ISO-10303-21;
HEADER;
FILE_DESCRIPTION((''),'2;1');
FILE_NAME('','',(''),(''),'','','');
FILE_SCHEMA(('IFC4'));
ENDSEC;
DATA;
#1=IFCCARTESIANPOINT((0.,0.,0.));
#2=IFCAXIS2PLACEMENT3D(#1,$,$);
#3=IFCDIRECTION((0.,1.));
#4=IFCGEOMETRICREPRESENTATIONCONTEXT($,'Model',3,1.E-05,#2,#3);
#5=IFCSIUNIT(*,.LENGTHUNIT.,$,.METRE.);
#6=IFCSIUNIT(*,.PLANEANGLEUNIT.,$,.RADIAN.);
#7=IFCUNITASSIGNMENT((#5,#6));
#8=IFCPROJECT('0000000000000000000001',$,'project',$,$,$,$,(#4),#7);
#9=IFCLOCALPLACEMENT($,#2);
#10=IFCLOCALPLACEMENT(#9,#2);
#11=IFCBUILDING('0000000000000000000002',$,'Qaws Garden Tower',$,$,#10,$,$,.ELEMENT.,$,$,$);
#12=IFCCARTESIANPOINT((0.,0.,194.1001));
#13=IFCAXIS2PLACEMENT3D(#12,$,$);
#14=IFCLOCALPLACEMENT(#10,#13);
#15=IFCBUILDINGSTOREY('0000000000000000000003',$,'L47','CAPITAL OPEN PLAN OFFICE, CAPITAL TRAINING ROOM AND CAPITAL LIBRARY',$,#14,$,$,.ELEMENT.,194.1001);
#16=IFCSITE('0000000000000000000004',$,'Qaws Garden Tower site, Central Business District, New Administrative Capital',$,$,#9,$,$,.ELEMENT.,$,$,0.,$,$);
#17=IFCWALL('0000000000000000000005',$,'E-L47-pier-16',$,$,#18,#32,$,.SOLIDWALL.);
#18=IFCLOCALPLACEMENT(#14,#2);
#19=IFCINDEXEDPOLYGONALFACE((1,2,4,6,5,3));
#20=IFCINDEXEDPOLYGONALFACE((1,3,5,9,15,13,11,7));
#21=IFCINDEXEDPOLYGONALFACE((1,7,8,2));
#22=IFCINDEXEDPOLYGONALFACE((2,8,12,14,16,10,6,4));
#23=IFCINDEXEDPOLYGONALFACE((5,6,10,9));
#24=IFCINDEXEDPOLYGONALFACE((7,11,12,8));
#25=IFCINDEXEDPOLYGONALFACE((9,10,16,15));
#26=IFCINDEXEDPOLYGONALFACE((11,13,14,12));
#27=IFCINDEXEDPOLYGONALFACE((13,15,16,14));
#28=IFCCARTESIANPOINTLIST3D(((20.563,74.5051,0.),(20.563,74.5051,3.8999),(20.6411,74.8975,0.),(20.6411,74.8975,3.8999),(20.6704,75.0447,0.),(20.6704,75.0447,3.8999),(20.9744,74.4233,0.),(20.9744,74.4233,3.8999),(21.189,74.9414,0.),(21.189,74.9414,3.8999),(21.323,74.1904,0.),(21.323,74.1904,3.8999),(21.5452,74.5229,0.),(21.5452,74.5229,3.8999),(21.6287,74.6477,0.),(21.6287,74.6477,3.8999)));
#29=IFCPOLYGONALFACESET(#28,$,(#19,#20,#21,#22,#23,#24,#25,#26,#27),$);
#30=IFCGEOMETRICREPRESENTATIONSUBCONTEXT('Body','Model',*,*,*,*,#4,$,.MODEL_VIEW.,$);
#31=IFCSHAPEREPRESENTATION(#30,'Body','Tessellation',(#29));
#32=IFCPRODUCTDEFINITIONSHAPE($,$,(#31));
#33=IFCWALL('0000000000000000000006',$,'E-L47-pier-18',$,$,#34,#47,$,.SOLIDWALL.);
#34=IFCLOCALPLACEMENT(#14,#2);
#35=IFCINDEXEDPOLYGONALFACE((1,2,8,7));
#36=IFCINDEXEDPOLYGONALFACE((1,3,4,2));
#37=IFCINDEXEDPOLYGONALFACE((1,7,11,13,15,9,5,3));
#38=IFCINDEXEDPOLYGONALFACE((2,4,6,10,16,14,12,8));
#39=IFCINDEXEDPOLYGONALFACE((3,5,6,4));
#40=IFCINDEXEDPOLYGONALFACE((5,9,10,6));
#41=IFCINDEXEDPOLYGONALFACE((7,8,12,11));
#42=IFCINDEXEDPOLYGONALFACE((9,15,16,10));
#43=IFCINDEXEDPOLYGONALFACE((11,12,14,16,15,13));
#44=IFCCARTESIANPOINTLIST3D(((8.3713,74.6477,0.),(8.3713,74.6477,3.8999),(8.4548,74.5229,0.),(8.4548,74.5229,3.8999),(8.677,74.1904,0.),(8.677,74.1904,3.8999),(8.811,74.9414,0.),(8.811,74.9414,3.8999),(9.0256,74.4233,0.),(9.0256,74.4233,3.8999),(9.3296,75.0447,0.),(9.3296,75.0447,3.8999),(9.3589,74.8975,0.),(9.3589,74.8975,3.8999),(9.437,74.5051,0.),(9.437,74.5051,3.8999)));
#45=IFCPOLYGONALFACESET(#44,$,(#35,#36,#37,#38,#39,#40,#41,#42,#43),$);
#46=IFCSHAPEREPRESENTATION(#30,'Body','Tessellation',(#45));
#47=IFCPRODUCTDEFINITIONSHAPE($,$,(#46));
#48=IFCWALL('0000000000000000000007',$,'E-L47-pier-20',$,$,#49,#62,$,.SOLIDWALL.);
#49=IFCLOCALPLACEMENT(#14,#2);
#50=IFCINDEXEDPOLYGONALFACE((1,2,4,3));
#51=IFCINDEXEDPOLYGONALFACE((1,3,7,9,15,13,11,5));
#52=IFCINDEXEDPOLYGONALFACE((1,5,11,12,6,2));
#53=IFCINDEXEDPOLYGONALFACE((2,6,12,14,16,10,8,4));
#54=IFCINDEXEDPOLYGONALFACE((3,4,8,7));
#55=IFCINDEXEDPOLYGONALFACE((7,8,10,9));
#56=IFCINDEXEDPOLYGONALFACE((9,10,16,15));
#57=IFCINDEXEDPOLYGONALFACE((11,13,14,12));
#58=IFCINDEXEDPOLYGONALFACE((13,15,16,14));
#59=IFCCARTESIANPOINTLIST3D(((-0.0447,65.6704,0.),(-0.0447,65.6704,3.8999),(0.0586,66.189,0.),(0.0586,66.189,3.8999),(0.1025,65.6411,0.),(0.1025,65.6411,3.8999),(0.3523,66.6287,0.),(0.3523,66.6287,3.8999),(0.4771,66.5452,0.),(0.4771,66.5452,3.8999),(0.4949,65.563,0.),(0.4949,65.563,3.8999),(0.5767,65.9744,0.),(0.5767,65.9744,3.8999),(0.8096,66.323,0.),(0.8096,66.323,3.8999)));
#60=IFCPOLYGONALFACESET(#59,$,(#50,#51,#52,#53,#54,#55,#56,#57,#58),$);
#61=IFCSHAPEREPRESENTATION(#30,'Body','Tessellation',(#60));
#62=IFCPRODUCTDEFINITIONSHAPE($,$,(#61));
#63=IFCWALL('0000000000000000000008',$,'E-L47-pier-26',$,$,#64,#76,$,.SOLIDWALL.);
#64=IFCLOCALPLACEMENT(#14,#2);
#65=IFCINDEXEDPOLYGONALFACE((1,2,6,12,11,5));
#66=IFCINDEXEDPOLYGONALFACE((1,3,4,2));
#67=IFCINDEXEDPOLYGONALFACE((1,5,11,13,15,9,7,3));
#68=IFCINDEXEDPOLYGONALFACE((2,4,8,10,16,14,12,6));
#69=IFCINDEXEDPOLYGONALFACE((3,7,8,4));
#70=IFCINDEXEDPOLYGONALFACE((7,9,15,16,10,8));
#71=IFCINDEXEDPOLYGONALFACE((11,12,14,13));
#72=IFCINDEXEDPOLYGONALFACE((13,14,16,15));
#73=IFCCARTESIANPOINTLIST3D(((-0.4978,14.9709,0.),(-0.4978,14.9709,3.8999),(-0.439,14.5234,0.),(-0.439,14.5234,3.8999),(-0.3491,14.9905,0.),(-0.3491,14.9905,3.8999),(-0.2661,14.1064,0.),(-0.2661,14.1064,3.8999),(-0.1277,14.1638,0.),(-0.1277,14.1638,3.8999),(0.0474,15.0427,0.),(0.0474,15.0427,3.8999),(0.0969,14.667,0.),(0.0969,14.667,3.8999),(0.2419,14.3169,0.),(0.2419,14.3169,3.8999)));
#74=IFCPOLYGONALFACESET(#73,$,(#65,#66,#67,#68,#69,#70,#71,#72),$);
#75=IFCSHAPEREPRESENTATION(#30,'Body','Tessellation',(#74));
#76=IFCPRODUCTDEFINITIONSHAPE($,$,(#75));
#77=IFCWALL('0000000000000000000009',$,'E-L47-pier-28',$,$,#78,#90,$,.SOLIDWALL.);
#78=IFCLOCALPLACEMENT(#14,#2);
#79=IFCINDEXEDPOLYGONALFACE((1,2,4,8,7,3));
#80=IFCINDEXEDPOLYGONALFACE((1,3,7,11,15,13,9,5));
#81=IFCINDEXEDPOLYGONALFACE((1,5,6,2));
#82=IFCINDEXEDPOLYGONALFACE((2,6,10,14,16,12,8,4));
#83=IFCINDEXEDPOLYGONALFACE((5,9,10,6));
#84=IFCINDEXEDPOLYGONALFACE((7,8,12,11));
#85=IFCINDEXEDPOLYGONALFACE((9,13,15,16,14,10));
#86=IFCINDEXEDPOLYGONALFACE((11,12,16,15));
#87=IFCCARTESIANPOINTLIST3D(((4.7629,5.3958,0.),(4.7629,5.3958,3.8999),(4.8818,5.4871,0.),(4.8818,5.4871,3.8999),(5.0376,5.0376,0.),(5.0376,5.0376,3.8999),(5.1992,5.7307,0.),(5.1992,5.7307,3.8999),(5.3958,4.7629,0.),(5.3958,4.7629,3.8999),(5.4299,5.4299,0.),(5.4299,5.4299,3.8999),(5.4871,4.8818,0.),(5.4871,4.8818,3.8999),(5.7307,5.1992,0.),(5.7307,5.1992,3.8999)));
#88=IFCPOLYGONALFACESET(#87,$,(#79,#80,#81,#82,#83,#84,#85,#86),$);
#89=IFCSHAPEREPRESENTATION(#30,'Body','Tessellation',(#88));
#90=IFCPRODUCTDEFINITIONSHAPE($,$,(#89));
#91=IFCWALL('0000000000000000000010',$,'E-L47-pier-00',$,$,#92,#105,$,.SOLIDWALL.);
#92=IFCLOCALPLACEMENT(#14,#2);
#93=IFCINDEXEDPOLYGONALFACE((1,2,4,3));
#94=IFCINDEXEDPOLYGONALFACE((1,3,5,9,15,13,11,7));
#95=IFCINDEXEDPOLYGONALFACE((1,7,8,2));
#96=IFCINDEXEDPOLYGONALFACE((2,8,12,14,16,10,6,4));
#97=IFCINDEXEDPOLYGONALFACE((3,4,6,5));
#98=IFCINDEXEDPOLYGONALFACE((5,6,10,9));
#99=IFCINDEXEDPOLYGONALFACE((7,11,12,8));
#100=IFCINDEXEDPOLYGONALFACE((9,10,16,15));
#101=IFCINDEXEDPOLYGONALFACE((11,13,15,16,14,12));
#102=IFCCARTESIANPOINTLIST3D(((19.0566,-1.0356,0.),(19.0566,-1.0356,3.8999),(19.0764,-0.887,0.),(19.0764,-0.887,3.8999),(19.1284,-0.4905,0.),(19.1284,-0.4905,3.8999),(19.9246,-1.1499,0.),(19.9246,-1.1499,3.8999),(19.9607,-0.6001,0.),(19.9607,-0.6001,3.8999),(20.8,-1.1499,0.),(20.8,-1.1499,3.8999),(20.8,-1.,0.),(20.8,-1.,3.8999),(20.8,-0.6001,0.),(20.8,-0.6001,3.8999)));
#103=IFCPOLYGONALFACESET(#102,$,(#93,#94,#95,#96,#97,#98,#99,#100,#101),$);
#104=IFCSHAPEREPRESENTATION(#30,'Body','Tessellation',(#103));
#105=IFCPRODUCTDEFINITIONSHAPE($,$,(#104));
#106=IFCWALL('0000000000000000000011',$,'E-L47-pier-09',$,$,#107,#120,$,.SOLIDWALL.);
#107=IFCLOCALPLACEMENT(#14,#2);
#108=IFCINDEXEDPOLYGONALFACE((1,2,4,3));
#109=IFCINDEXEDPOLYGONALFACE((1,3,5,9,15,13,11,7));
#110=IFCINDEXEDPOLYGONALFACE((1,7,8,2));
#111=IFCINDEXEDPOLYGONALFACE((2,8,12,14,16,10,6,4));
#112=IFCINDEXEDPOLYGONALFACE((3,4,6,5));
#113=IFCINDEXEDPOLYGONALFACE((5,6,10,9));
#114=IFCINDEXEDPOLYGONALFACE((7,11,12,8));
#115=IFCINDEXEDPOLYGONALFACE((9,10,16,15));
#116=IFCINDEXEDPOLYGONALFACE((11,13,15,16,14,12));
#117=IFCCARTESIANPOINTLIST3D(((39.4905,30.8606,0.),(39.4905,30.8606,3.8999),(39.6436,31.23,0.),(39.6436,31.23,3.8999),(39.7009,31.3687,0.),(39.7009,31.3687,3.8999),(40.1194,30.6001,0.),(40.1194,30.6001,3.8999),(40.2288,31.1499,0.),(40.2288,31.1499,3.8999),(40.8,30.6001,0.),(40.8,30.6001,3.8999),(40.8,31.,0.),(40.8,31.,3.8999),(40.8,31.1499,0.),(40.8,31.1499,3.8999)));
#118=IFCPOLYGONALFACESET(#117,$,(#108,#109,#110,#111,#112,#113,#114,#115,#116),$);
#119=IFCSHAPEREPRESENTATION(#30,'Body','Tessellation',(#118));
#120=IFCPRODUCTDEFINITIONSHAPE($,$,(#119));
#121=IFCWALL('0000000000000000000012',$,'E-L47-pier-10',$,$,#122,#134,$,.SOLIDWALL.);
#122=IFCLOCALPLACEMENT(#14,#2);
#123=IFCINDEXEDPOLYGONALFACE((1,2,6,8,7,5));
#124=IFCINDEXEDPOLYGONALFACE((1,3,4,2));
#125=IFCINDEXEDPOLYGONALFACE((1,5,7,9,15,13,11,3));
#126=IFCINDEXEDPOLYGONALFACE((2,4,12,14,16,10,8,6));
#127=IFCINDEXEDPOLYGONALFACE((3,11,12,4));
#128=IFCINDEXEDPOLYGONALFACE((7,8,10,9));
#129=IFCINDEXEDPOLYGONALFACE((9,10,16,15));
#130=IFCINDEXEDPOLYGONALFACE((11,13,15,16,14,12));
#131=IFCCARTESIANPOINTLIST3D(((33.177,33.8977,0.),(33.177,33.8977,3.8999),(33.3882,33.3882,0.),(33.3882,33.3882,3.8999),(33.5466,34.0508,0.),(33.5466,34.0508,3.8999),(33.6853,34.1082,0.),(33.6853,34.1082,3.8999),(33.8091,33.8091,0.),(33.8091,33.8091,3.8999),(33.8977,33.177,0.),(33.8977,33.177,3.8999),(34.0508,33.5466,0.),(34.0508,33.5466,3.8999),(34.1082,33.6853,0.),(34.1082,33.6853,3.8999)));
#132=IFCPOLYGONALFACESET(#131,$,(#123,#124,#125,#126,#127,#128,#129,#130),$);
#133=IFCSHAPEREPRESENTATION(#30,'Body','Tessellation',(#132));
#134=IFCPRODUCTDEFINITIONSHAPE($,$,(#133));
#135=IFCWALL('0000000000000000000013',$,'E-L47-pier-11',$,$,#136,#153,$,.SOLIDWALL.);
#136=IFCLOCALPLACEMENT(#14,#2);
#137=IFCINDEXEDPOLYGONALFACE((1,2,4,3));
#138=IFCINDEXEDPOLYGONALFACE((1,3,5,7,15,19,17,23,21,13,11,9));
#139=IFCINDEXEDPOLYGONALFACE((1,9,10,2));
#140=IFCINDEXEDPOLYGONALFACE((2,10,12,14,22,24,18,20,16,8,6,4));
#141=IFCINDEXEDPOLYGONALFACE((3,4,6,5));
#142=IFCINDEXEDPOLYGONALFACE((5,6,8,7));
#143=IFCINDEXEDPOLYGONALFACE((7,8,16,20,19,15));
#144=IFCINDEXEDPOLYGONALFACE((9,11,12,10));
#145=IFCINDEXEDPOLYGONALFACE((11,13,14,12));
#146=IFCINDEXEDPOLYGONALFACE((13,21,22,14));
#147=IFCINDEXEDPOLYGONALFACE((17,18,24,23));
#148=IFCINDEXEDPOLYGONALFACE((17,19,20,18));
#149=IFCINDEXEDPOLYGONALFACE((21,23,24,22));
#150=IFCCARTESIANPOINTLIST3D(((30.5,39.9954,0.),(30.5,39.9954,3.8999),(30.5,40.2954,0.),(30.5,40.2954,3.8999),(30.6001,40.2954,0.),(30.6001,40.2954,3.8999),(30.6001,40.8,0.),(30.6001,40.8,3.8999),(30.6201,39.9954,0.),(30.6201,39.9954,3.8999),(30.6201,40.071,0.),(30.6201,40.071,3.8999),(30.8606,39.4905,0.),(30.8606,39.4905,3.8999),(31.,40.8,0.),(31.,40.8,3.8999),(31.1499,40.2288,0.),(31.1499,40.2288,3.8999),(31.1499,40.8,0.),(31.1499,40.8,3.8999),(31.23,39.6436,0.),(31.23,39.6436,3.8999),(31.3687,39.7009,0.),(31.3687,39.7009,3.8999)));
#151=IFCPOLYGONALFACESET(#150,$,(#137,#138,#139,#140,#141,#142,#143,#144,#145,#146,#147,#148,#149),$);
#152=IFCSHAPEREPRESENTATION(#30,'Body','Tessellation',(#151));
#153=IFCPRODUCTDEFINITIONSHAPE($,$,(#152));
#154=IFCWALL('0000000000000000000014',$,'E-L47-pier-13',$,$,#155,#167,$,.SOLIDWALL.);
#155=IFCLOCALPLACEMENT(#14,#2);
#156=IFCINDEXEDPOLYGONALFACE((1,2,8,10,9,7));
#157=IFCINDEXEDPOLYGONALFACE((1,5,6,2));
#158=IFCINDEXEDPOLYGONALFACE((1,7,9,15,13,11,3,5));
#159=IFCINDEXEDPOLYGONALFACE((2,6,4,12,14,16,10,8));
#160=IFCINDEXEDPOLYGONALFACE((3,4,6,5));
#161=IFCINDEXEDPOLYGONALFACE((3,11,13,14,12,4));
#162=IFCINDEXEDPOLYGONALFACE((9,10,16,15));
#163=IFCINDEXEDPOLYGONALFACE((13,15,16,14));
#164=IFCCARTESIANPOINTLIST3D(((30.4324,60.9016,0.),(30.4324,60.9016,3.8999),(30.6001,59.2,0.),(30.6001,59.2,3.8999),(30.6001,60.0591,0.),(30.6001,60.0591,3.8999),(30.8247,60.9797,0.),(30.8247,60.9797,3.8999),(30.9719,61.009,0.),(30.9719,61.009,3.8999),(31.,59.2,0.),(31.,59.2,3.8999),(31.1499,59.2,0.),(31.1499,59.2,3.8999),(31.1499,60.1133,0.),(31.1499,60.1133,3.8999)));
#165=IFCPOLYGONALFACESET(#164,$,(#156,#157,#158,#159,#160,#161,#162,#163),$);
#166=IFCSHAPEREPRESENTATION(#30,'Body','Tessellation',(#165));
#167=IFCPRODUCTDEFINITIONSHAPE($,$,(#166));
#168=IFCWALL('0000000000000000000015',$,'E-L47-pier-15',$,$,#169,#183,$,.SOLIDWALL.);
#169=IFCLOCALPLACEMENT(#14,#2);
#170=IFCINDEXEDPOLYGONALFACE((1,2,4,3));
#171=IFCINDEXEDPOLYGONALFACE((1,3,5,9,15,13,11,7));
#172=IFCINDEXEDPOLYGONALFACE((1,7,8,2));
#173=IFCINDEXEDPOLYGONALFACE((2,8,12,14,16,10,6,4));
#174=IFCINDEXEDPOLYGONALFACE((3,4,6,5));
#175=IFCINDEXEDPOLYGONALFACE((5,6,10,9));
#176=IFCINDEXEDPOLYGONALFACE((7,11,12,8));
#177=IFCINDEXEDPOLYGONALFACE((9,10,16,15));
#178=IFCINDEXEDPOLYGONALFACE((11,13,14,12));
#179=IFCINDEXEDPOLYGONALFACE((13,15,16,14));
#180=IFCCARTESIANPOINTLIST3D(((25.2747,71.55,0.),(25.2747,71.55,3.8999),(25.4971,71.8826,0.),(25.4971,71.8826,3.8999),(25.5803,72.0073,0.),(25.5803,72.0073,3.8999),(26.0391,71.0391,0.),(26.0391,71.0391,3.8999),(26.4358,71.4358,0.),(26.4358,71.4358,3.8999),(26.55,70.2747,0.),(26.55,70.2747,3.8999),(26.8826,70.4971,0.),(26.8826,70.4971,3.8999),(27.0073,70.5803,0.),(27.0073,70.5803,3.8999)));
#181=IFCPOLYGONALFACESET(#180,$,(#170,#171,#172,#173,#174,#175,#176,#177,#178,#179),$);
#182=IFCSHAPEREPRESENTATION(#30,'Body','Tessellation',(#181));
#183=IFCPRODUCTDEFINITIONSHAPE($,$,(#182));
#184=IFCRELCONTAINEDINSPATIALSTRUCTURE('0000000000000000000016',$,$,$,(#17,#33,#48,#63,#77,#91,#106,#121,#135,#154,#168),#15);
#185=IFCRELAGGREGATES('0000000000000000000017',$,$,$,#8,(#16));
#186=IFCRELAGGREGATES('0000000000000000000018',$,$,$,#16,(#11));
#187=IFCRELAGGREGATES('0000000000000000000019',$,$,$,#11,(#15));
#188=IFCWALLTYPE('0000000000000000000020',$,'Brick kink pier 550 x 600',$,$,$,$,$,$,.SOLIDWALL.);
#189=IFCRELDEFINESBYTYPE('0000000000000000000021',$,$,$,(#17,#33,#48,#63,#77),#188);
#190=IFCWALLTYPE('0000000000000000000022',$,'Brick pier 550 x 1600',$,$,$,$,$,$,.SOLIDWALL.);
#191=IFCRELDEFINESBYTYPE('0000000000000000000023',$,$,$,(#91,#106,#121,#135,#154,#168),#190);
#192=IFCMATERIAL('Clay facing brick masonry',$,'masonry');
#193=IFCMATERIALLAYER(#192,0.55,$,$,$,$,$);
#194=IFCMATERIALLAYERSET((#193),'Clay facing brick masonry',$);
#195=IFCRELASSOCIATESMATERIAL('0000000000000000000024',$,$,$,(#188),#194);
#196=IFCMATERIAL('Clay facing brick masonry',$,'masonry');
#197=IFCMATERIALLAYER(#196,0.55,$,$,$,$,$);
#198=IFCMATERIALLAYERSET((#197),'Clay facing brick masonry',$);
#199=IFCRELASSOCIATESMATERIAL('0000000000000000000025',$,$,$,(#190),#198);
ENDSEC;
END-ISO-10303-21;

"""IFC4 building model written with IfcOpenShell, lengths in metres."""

from ifc_helpers import new_model, si_unit, direction, frame, origin, place, context, subcontext, project, spatial, polyline, outline, extrude, material, layer, layer_set, type_object, element, save


model = new_model("IFC4")

# Units and contexts
model_context = context("Model", 3, precision=1e-05, world=origin(), true_north=direction((0.0, 1.0)))
body_context = subcontext(model_context, "Body", "Model", "MODEL_VIEW")
ifc_project = project(units=[si_unit("LENGTHUNIT", "METRE"), si_unit("PLANEANGLEUNIT", "RADIAN")], contexts=[model_context])

# Site, building, storey
site_placement = place(None, origin())
site = spatial("IfcSite", under=ifc_project, at=site_placement, Name="Qaws Garden Tower site, Central Business District, New Administrative Capital", CompositionType="ELEMENT", RefElevation=0.0)
building_placement = place(site_placement, origin())
building = spatial("IfcBuilding", under=site, at=building_placement, Name="Qaws Garden Tower", CompositionType="ELEMENT")
storey_placement = place(building_placement, frame((0.0, 0.0, 194.1001)))
storey = spatial("IfcBuildingStorey", under=building, at=storey_placement, Name="L47", Description="CAPITAL OPEN PLAN OFFICE, CAPITAL TRAINING ROOM AND CAPITAL LIBRARY", CompositionType="ELEMENT", Elevation=194.1001)

# Walls
placement = place(storey_placement, origin())
ifc_material_1 = material(Name="Clay facing brick masonry", Category="masonry")
ifc_layer_1 = layer(ifc_material_1, 0.55)
ifc_layer_set_1 = layer_set([ifc_layer_1], Name="Clay facing brick masonry")
wall_type_1 = type_object("IfcWallType", Name="Brick kink pier 550 x 600", PredefinedType="SOLIDWALL", material=ifc_layer_set_1)
element("IfcWall", 1, at=placement, inside=storey, type_object=wall_type_1, Name="E-L47-pier-16", PredefinedType="SOLIDWALL", context=body_context, shape_type="SweptSolid", body=[
    extrude(outline(polyline([(21.5452, 74.5229), (21.6287, 74.6477), (21.189, 74.9414), (20.6704, 75.0447), (20.6411, 74.8975), (20.563, 74.5051), (20.9744, 74.4233), (21.323, 74.1904), (21.5452, 74.5229)])), origin(), (0.0, 0.0, 1.0), 3.8999),
])
element("IfcWall", 2, at=placement, inside=storey, type_object=wall_type_1, Name="E-L47-pier-18", PredefinedType="SOLIDWALL", context=body_context, shape_type="SweptSolid", body=[
    extrude(outline(polyline([(9.3589, 74.8975), (9.3296, 75.0447), (8.811, 74.9414), (8.3713, 74.6477), (8.4548, 74.5229), (8.677, 74.1904), (9.0256, 74.4233), (9.437, 74.5051), (9.3589, 74.8975)])), origin(), (0.0, 0.0, 1.0), 3.8999),
])
element("IfcWall", 3, at=placement, inside=storey, type_object=wall_type_1, Name="E-L47-pier-20", PredefinedType="SOLIDWALL", context=body_context, shape_type="SweptSolid", body=[
    extrude(outline(polyline([(0.4771, 66.5452), (0.3523, 66.6287), (0.0586, 66.189), (-0.0447, 65.6704), (0.1025, 65.6411), (0.4949, 65.563), (0.5767, 65.9744), (0.8096, 66.323), (0.4771, 66.5452)])), origin(), (0.0, 0.0, 1.0), 3.8999),
])
element("IfcWall", 4, at=placement, inside=storey, type_object=wall_type_1, Name="E-L47-pier-26", PredefinedType="SOLIDWALL", context=body_context, shape_type="SweptSolid", body=[
    extrude(outline(polyline([(-0.3491, 14.9905), (-0.4978, 14.9709), (-0.439, 14.5234), (-0.2661, 14.1064), (-0.1277, 14.1638), (0.2419, 14.3169), (0.0969, 14.667), (0.0474, 15.0427), (-0.3491, 14.9905)])), origin(), (0.0, 0.0, 1.0), 3.8999),
])
element("IfcWall", 5, at=placement, inside=storey, type_object=wall_type_1, Name="E-L47-pier-28", PredefinedType="SOLIDWALL", context=body_context, shape_type="SweptSolid", body=[
    extrude(outline(polyline([(4.8818, 5.4871), (4.7629, 5.3958), (5.0376, 5.0376), (5.3958, 4.7629), (5.4871, 4.8818), (5.7307, 5.1992), (5.4299, 5.4299), (5.1992, 5.7307), (4.8818, 5.4871)])), origin(), (0.0, 0.0, 1.0), 3.8999),
])
ifc_material_2 = material(Name="Clay facing brick masonry", Category="masonry")
ifc_layer_2 = layer(ifc_material_2, 0.55)
ifc_layer_set_2 = layer_set([ifc_layer_2], Name="Clay facing brick masonry")
wall_type_2 = type_object("IfcWallType", Name="Brick pier 550 x 1600", PredefinedType="SOLIDWALL", material=ifc_layer_set_2)
element("IfcWall", 6, at=placement, inside=storey, type_object=wall_type_2, Name="E-L47-pier-00", PredefinedType="SOLIDWALL", context=body_context, shape_type="SweptSolid", body=[
    extrude(outline(polyline([(19.0764, -0.887), (19.0566, -1.0356), (19.9246, -1.1499), (20.8, -1.1499), (20.8, -1.0), (20.8, -0.6001), (19.9607, -0.6001), (19.1284, -0.4905), (19.0764, -0.887)])), origin(), (0.0, 0.0, 1.0), 3.8999),
])
element("IfcWall", 7, at=placement, inside=storey, type_object=wall_type_2, Name="E-L47-pier-09", PredefinedType="SOLIDWALL", context=body_context, shape_type="SweptSolid", body=[
    extrude(outline(polyline([(40.8, 31.0), (40.8, 31.1499), (40.2288, 31.1499), (39.7009, 31.3687), (39.6436, 31.23), (39.4905, 30.8606), (40.1194, 30.6001), (40.8, 30.6001), (40.8, 31.0)])), origin(), (0.0, 0.0, 1.0), 3.8999),
])
element("IfcWall", 8, at=placement, inside=storey, type_object=wall_type_2, Name="E-L47-pier-10", PredefinedType="SOLIDWALL", context=body_context, shape_type="SweptSolid", body=[
    extrude(outline(polyline([(34.0508, 33.5466), (34.1082, 33.6853), (33.8091, 33.8091), (33.6853, 34.1082), (33.5466, 34.0508), (33.177, 33.8977), (33.3882, 33.3882), (33.8977, 33.177), (34.0508, 33.5466)])), origin(), (0.0, 0.0, 1.0), 3.8999),
])
element("IfcWall", 9, at=placement, inside=storey, type_object=wall_type_2, Name="E-L47-pier-11", PredefinedType="SOLIDWALL", context=body_context, shape_type="SweptSolid", body=[
    extrude(outline(polyline([(30.6201, 39.9954), (30.6201, 40.071), (30.8606, 39.4905), (31.23, 39.6436), (31.3687, 39.7009), (31.1499, 40.2288), (31.1499, 40.8), (31.0, 40.8), (30.6001, 40.8), (30.6001, 40.2954), (30.5, 40.2954), (30.5, 39.9954), (30.6201, 39.9954)])), origin(), (0.0, 0.0, 1.0), 3.8999),
])
element("IfcWall", 10, at=placement, inside=storey, type_object=wall_type_2, Name="E-L47-pier-13", PredefinedType="SOLIDWALL", context=body_context, shape_type="SweptSolid", body=[
    extrude(outline(polyline([(31.0, 59.2), (31.1499, 59.2), (31.1499, 60.1133), (30.9719, 61.009), (30.8247, 60.9797), (30.4324, 60.9016), (30.6001, 60.0591), (30.6001, 59.2), (31.0, 59.2)])), origin(), (0.0, 0.0, 1.0), 3.8999),
])
element("IfcWall", 11, at=placement, inside=storey, type_object=wall_type_2, Name="E-L47-pier-15", PredefinedType="SOLIDWALL", context=body_context, shape_type="SweptSolid", body=[
    extrude(outline(polyline([(26.8826, 70.4971), (27.0073, 70.5803), (26.4358, 71.4358), (25.5803, 72.0073), (25.4971, 71.8826), (25.2747, 71.55), (26.0391, 71.0391), (26.55, 70.2747), (26.8826, 70.4971)])), origin(), (0.0, 0.0, 1.0), 3.8999),
])

save(model, "model.ifc")
